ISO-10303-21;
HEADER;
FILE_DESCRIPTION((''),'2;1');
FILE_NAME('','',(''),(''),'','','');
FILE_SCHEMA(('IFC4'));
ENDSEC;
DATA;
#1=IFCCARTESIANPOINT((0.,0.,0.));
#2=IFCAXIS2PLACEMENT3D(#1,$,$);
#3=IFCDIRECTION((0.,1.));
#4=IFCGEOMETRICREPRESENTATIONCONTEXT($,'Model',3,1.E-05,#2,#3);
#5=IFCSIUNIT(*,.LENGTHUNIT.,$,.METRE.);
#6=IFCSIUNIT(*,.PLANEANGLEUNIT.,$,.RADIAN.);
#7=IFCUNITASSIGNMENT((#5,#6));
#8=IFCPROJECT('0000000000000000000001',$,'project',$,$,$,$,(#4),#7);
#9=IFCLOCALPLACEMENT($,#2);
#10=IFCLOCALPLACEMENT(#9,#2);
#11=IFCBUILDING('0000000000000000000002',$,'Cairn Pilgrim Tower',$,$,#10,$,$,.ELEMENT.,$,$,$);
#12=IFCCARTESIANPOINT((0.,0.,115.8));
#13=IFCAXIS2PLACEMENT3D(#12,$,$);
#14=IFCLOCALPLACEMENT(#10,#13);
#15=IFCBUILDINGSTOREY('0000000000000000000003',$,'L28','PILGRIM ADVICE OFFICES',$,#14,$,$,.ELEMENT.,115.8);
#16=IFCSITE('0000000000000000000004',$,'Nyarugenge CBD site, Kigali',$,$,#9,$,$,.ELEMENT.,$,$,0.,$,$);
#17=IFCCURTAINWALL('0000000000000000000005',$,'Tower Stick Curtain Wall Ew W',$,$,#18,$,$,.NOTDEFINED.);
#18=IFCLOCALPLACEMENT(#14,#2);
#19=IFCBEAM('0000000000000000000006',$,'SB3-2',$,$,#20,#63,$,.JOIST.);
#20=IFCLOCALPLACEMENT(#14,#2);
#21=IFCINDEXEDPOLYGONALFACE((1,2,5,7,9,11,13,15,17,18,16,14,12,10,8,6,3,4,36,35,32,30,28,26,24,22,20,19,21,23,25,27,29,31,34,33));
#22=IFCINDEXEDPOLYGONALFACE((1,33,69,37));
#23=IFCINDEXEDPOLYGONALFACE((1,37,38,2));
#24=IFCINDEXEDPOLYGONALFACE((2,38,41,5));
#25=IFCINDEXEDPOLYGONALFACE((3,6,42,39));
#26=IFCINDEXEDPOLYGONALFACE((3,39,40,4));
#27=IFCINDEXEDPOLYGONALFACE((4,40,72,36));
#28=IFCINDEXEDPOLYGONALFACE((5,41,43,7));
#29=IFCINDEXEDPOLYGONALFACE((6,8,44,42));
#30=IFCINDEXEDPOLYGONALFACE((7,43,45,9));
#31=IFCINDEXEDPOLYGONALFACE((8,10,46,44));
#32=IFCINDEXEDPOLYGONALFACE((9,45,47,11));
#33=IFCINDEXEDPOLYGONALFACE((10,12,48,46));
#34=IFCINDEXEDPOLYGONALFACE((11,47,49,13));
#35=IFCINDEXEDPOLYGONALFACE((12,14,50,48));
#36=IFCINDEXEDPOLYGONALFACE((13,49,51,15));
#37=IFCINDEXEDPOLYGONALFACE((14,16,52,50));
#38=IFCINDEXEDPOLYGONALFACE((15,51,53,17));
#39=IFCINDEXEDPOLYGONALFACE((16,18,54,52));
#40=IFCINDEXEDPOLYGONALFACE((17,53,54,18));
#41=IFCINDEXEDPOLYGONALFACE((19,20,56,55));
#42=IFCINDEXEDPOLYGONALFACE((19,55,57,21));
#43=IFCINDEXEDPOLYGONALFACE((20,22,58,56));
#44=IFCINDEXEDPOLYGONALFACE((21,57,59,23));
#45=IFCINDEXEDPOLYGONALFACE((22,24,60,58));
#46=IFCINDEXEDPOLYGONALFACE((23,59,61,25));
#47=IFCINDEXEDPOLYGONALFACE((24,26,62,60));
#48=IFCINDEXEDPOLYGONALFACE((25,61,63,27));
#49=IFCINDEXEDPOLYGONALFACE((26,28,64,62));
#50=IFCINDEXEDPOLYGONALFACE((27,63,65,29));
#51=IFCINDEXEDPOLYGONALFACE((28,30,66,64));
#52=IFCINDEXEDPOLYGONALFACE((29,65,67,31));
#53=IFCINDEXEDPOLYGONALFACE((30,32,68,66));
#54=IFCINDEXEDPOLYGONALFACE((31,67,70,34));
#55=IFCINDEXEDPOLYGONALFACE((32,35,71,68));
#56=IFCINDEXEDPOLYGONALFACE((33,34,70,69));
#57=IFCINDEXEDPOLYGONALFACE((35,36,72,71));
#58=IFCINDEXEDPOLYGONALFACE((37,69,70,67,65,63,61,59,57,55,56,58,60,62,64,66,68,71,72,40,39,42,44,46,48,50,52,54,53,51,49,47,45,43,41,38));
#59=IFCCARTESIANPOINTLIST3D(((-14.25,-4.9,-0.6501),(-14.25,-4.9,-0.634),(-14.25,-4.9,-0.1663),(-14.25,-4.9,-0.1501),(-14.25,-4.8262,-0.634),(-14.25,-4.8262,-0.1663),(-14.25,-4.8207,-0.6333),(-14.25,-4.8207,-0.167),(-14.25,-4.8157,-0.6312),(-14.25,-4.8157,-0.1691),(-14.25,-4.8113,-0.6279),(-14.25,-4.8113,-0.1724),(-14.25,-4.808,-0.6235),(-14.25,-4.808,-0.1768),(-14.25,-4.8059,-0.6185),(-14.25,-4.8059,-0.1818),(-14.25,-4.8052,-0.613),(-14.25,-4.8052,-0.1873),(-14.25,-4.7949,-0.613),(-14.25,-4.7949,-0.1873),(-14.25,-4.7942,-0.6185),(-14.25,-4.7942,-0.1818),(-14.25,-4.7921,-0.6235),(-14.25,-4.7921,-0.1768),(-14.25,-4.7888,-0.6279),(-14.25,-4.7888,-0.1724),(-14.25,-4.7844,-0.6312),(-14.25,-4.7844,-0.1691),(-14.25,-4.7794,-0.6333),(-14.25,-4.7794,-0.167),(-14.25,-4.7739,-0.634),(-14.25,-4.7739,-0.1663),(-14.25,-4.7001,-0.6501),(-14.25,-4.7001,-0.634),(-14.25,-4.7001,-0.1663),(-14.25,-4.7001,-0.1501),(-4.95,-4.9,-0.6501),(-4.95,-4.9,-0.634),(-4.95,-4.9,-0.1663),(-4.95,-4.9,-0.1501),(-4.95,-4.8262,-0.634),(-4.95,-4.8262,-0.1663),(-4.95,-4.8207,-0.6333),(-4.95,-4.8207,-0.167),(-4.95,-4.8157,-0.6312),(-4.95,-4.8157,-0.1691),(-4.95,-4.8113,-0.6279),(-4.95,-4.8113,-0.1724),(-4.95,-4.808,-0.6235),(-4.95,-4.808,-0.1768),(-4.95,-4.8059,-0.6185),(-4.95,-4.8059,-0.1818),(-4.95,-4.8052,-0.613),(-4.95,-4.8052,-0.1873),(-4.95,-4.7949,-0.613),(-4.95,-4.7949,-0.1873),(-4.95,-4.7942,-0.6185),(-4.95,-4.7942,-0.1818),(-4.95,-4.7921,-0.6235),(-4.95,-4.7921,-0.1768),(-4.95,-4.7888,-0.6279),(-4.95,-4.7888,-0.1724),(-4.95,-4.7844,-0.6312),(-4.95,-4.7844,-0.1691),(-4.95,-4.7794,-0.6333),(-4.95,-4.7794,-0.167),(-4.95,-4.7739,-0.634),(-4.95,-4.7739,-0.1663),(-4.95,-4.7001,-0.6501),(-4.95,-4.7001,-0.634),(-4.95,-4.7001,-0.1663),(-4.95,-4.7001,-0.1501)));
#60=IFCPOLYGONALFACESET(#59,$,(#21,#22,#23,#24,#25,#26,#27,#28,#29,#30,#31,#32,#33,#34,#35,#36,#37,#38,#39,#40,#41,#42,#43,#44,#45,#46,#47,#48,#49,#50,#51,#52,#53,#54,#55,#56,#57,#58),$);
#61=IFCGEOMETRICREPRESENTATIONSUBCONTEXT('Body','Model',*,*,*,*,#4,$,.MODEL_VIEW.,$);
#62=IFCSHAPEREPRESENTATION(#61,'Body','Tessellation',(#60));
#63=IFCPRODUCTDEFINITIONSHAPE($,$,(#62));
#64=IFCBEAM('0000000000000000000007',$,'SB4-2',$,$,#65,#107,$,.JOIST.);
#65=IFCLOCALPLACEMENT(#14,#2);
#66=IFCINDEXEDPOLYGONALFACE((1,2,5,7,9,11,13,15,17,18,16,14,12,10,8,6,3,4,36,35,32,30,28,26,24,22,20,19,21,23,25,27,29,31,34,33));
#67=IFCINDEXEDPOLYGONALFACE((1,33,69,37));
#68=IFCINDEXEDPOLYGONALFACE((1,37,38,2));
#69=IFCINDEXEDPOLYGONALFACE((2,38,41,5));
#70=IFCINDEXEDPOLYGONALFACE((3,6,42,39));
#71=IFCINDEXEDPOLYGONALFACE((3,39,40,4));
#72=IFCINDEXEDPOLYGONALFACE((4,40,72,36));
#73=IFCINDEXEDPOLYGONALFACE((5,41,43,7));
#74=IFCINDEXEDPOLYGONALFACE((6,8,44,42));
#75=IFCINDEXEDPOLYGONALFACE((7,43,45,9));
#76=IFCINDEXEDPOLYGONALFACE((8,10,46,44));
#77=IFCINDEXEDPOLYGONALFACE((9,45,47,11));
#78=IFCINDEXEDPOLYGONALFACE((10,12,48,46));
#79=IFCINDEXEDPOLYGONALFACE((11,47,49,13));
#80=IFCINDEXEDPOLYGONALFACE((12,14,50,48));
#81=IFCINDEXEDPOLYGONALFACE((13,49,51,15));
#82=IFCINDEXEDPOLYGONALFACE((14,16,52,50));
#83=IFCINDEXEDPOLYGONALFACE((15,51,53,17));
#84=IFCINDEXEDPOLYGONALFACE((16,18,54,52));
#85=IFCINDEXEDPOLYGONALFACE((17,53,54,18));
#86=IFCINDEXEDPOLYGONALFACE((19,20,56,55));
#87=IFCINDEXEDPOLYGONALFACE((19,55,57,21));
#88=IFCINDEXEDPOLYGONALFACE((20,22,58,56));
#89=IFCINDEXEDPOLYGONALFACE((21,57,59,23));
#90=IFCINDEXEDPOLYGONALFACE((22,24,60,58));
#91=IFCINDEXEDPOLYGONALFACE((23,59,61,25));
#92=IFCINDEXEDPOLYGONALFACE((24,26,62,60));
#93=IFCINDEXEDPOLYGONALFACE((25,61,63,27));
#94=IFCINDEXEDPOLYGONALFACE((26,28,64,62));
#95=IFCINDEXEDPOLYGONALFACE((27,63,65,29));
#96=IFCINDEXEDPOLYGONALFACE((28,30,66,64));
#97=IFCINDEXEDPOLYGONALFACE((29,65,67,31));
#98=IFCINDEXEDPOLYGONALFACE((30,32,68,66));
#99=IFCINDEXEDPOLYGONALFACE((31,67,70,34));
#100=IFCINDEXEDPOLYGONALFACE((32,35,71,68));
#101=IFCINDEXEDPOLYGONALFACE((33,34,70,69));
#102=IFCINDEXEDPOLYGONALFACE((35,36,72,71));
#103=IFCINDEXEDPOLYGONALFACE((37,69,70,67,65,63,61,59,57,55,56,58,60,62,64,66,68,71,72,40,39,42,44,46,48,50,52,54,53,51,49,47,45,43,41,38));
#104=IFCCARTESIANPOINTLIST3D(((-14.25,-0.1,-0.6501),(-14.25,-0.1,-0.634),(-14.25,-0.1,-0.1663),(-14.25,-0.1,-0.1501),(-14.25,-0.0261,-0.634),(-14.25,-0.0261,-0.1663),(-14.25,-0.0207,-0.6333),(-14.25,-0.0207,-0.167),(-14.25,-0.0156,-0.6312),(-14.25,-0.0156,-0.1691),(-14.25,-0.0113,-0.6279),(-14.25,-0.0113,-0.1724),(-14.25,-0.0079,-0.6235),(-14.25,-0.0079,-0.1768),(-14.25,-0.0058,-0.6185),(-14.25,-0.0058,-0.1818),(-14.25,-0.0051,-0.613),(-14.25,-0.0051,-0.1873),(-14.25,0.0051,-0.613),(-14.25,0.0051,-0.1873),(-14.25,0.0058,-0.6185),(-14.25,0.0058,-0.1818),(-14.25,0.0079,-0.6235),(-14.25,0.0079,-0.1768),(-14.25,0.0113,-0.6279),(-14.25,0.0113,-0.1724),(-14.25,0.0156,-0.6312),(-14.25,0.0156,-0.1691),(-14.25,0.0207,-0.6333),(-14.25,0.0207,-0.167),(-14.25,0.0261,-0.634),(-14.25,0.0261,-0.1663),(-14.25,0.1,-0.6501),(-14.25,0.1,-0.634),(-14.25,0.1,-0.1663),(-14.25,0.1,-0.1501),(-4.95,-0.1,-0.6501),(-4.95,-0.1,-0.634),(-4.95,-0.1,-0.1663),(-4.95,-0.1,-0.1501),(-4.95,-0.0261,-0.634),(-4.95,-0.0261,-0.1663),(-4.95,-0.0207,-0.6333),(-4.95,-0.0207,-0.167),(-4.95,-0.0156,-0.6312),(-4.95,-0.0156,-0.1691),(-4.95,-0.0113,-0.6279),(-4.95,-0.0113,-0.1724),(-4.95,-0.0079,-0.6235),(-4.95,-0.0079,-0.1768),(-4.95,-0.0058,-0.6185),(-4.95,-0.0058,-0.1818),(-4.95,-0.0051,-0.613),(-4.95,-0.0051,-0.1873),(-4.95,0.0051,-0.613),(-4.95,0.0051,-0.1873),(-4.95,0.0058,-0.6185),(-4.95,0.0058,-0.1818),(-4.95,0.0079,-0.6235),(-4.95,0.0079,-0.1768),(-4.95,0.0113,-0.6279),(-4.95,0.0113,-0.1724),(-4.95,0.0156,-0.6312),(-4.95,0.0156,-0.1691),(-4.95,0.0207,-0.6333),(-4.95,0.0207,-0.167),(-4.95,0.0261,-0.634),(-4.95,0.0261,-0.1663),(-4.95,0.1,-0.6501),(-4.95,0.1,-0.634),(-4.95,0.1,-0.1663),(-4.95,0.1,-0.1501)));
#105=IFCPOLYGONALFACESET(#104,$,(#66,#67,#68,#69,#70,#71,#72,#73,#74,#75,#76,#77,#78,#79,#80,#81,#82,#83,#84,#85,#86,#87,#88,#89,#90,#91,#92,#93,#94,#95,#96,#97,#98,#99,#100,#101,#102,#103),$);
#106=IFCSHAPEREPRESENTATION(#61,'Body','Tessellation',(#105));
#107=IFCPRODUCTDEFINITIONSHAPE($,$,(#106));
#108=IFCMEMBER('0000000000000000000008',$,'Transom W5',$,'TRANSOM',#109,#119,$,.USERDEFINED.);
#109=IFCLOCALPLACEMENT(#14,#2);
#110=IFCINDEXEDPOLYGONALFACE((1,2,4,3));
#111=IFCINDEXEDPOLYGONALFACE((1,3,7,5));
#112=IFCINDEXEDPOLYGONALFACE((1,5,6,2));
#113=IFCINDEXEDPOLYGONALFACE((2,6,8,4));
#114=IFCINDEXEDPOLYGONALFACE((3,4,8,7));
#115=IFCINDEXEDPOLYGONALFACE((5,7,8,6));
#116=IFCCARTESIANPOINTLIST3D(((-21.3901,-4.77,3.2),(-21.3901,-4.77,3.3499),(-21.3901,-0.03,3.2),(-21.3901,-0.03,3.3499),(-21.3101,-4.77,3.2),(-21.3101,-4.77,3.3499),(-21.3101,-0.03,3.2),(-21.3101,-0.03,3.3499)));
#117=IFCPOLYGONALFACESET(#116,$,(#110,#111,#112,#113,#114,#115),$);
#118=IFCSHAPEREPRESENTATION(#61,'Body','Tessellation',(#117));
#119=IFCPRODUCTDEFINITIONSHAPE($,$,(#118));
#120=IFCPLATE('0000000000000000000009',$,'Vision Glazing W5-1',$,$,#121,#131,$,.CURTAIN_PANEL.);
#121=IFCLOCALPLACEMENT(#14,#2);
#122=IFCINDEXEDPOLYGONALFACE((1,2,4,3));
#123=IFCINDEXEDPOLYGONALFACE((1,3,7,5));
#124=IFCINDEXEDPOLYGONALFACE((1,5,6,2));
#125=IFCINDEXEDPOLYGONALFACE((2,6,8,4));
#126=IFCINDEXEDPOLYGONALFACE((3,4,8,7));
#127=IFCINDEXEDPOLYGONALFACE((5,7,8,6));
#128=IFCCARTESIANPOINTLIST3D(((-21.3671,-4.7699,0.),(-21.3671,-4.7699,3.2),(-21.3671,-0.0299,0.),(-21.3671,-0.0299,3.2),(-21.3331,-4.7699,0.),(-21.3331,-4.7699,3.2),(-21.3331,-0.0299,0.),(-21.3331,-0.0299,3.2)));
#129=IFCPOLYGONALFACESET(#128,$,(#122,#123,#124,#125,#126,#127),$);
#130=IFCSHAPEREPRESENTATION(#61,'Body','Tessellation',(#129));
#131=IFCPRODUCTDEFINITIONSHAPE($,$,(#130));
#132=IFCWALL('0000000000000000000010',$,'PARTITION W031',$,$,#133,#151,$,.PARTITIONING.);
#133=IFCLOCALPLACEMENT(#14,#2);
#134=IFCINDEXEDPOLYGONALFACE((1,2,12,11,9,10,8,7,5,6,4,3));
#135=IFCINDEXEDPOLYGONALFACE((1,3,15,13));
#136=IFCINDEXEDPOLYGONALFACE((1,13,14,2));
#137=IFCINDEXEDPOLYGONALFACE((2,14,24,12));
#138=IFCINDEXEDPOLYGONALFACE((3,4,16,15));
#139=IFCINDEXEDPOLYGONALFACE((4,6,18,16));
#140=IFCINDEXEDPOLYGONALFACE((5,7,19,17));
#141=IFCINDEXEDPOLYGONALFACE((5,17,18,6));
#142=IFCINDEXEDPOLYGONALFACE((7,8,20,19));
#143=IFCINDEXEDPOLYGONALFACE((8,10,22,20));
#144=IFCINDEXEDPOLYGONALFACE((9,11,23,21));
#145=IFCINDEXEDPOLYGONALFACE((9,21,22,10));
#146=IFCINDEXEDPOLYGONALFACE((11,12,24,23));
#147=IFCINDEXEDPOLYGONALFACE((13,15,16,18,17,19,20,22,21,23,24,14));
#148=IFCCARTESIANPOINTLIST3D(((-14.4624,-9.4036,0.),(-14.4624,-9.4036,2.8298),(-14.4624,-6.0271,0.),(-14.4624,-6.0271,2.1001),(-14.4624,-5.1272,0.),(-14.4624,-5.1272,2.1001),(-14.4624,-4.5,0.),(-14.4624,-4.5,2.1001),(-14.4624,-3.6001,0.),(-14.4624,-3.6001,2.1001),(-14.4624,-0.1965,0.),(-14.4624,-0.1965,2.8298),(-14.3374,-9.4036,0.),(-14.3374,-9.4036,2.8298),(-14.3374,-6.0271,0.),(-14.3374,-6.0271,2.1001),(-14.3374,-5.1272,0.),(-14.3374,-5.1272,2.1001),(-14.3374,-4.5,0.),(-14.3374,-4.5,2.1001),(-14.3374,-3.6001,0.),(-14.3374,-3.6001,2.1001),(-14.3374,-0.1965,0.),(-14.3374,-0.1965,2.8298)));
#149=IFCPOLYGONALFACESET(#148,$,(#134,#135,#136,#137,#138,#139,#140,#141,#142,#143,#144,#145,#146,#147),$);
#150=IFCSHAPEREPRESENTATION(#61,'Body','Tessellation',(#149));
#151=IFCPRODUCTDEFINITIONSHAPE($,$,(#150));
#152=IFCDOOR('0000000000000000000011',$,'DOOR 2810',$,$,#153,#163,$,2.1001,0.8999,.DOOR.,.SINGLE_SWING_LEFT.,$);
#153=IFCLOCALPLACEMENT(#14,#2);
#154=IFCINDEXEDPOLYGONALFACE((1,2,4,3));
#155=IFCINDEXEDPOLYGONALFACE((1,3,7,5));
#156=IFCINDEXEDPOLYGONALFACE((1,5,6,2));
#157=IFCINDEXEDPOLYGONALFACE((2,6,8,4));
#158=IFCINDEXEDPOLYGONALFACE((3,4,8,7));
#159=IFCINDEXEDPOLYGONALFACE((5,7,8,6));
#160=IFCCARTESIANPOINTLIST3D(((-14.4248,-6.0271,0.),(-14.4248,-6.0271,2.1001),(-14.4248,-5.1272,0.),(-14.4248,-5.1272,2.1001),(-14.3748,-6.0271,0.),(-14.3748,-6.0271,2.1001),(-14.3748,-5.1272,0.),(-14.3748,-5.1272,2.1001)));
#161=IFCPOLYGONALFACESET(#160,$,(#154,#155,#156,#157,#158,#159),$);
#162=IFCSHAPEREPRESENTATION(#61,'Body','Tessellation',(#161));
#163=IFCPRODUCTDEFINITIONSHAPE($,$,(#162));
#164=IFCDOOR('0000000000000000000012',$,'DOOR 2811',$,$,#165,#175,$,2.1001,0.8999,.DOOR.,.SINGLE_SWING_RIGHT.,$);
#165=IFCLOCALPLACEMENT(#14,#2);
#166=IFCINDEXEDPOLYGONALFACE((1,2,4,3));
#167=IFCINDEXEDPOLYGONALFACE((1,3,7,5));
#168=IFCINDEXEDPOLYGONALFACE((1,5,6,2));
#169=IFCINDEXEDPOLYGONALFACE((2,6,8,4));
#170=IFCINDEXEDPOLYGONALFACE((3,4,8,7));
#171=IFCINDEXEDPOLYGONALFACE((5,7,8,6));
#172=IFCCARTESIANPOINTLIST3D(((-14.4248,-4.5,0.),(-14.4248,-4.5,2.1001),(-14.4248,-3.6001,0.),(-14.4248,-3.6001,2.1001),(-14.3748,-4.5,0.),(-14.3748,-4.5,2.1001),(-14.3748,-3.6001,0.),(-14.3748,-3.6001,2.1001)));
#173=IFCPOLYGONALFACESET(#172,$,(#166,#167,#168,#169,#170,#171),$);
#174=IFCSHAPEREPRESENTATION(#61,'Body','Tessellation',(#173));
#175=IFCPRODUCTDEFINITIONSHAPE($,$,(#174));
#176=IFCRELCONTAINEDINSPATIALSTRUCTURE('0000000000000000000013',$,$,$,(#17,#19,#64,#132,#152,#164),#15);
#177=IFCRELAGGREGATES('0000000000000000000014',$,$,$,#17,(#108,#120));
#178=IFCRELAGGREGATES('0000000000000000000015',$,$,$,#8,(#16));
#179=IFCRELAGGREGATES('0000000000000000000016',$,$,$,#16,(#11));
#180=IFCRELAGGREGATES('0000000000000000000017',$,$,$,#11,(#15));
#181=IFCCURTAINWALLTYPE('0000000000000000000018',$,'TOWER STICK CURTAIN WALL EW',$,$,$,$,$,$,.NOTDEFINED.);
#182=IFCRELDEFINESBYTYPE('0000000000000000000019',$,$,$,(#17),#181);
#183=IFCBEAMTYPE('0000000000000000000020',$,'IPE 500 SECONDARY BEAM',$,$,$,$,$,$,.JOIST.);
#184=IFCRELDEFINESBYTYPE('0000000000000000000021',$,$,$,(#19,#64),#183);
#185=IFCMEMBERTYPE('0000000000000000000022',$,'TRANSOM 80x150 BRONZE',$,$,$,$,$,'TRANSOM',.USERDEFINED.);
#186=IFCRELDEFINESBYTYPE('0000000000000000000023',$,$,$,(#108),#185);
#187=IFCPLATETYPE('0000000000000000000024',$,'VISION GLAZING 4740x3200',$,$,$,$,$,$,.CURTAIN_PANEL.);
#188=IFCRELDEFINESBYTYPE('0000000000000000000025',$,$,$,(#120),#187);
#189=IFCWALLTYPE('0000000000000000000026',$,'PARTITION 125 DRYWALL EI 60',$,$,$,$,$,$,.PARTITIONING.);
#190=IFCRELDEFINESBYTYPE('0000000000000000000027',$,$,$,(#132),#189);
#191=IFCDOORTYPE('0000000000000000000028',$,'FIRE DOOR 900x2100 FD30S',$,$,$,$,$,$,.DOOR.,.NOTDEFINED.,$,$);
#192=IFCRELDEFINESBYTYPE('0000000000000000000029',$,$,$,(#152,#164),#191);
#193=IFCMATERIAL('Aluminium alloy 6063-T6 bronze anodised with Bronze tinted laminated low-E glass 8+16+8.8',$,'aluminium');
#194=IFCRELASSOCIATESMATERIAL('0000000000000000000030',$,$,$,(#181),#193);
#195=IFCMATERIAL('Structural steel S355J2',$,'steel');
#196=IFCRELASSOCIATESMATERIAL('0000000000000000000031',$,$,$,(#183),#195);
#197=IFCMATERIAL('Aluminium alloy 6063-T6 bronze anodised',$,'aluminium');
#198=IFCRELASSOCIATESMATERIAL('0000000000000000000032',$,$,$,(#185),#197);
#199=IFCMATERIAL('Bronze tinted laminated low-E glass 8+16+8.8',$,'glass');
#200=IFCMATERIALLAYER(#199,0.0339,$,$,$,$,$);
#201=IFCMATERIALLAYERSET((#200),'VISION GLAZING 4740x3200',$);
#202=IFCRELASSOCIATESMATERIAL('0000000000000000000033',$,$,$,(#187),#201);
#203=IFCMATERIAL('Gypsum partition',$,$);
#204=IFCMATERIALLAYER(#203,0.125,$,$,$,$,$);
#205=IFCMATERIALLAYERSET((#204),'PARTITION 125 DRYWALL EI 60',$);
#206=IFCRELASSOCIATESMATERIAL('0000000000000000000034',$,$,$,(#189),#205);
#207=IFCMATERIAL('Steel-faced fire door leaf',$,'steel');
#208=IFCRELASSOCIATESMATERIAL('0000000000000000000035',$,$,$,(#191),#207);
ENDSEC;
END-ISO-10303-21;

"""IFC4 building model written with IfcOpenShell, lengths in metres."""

from ifc_helpers import new_model, si_unit, direction, frame, frame_2d, origin, origin_2d, place, context, subcontext, project, spatial, rectangle, i_section, extrude, material, layer, layer_set, material_profile, profile_set, type_object, element, fill, aggregate, save


model = new_model("IFC4")

# Units and contexts
model_context = context("Model", 3, precision=1e-05, world=origin(), true_north=direction((0.0, 1.0)))
body_context = subcontext(model_context, "Body", "Model", "MODEL_VIEW")
ifc_project = project(units=[si_unit("LENGTHUNIT", "METRE"), si_unit("PLANEANGLEUNIT", "RADIAN")], contexts=[model_context])

# Site, building, storey
site_placement = place(None, origin())
site = spatial("IfcSite", under=ifc_project, at=site_placement, Name="Nyarugenge CBD site, Kigali", CompositionType="ELEMENT", RefElevation=0.0)
building_placement = place(site_placement, origin())
building = spatial("IfcBuilding", under=site, at=building_placement, Name="Cairn Pilgrim Tower", CompositionType="ELEMENT")
storey_placement = place(building_placement, frame((0.0, 0.0, 115.8)))
storey = spatial("IfcBuildingStorey", under=building, at=storey_placement, Name="L28", Description="PILGRIM ADVICE OFFICES", CompositionType="ELEMENT", Elevation=115.8)

# Shared definitions
ifc_material_1 = material(Name="Structural steel S355J2", Category="steel")

# Curtain wall
ifc_material_2 = material(Name="Aluminium alloy 6063-T6 bronze anodised with Bronze tinted laminated low-E glass 8+16+8.8", Category="aluminium")
curtain_wall_type = type_object("IfcCurtainWallType", Name="TOWER STICK CURTAIN WALL EW", PredefinedType="NOTDEFINED", material=ifc_material_2)
curtain_wall_placement = place(storey_placement, origin())
curtain_wall = element("IfcCurtainWall", 1, at=curtain_wall_placement, inside=storey, type_object=curtain_wall_type, Name="Tower Stick Curtain Wall Ew W", PredefinedType="NOTDEFINED")
ifc_material_3 = material(Name="Aluminium alloy 6063-T6 bronze anodised", Category="aluminium")

# Beams
ifc_material_profile_1 = material_profile(ifc_material_1, i_section(OverallWidth=0.2, OverallDepth=0.5, WebThickness=0.0103, FlangeThickness=0.0161, FilletRadius=0.021, at=origin_2d()), Name="IPE 500")
ifc_profile_set_1 = profile_set([ifc_material_profile_1], Name="Structural steel S355J2")
beam_type_1 = type_object("IfcBeamType", Name="IPE 500 SECONDARY BEAM", PredefinedType="JOIST", material=ifc_profile_set_1)
for number, where, z_axis, x_axis, name in (
    (2, (-14.25, -4.8, -0.4001), (1.0, 0.0, 0.0), (0.0, 1.0, 0.0), "SB3-2"),
    (3, (-14.25, 0.0, -0.4001), (1.0, 0.0, 0.0), (0.0, 1.0, 0.0), "SB4-2"),
):
    element("IfcBeam", number, at=place(storey_placement, frame(where, z_axis=z_axis, x_axis=x_axis)), inside=storey, type_object=beam_type_1, Name=name, PredefinedType="JOIST", context=body_context, shape_type="SweptSolid", body=[
        extrude(i_section(OverallWidth=0.2, OverallDepth=0.5, WebThickness=0.0103, FlangeThickness=0.0161, FilletRadius=0.021, at=origin_2d()), origin(), (0.0, 0.0, 1.0), 9.3),
    ])

# Member
ifc_material_profile_2 = material_profile(ifc_material_3, rectangle(XDim=0.0801, YDim=0.1499, at=origin_2d()), Name="TRANSOM 80x150 BRONZE")
ifc_profile_set_2 = profile_set([ifc_material_profile_2], Name="Aluminium alloy 6063-T6 bronze anodised")
member_type_1 = type_object("IfcMemberType", Name="TRANSOM 80x150 BRONZE", ElementType="TRANSOM", PredefinedType="USERDEFINED", material=ifc_profile_set_2)
member_1_placement = place(storey_placement, frame((-21.3501, -0.03, 3.2749), z_axis=(0.0, -1.0, 0.0), x_axis=(1.0, 0.0, 0.0)))
member_1 = element("IfcMember", 4, at=member_1_placement, type_object=member_type_1, Name="Transom W5", ObjectType="TRANSOM", PredefinedType="USERDEFINED", context=body_context, shape_type="SweptSolid", body=[
    extrude(rectangle(XDim=0.0801, YDim=0.1499, at=origin_2d()), origin(), (0.0, 0.0, 1.0), 4.74),
])

# Plate
ifc_material_4 = material(Name="Bronze tinted laminated low-E glass 8+16+8.8", Category="glass")
ifc_layer_1 = layer(ifc_material_4, 0.0339)
ifc_layer_set_1 = layer_set([ifc_layer_1], Name="VISION GLAZING 4740x3200")
plate_type = type_object("IfcPlateType", Name="VISION GLAZING 4740x3200", PredefinedType="CURTAIN_PANEL", material=ifc_layer_set_1)
plate_placement = place(storey_placement, frame((-21.3501, -2.3999, 0.0), z_axis=(0.0, 0.0, 1.0), x_axis=(0.0, -1.0, 0.0)))
plate = element("IfcPlate", 5, at=plate_placement, type_object=plate_type, Name="Vision Glazing W5-1", PredefinedType="CURTAIN_PANEL", context=body_context, shape_type="SweptSolid", body=[
    extrude(rectangle(XDim=4.74, YDim=0.0339, at=origin_2d()), origin(), (0.0, 0.0, 1.0), 3.2),
])
aggregate(curtain_wall, [member_1, plate])

# Wall, openings, doors
ifc_material_5 = material(Name="Gypsum partition")
ifc_layer_2 = layer(ifc_material_5, 0.125)
ifc_layer_set_2 = layer_set([ifc_layer_2], Name="PARTITION 125 DRYWALL EI 60")
wall_type_1 = type_object("IfcWallType", Name="PARTITION 125 DRYWALL EI 60", PredefinedType="PARTITIONING", material=ifc_layer_set_2)
wall_1_placement = place(storey_placement, frame((-14.3999, -9.4036, 0.0), z_axis=(0.0, 0.0, 1.0), x_axis=(0.0, 1.0, 0.0)))
wall_1 = element("IfcWall", 6, at=wall_1_placement, inside=storey, type_object=wall_type_1, Name="PARTITION W031", PredefinedType="PARTITIONING", context=body_context, shape_type="SweptSolid", body=[
    extrude(rectangle(XDim=9.207, YDim=0.125, at=frame_2d((4.6035, 0.0))), origin(), (0.0, 0.0, 1.0), 2.8298),
])
opening_1_placement = place(wall_1_placement, frame((3.3765, 0.0, 0.0)))
opening_1 = element("IfcOpeningElement", 7, at=opening_1_placement, cuts=wall_1, PredefinedType="OPENING", context=body_context, shape_type="SweptSolid", body=[
    extrude(rectangle(XDim=0.8999, YDim=2.1001, at=frame_2d((0.45, 1.05))), frame((0.0, 0.0725, 0.0), z_axis=(0.0, -1.0, 0.0), x_axis=(1.0, 0.0, 0.0)), (0.0, 0.0, 1.0), 0.145),
])
opening_2_placement = place(wall_1_placement, frame((4.9036, 0.0, 0.0)))
opening_2 = element("IfcOpeningElement", 8, at=opening_2_placement, cuts=wall_1, PredefinedType="OPENING", context=body_context, shape_type="SweptSolid", body=[
    extrude(rectangle(XDim=0.8999, YDim=2.1001, at=frame_2d((0.45, 1.05))), frame((0.0, 0.0725, 0.0), z_axis=(0.0, -1.0, 0.0), x_axis=(1.0, 0.0, 0.0)), (0.0, 0.0, 1.0), 0.145),
])
ifc_material_6 = material(Name="Steel-faced fire door leaf", Category="steel")
door_type_1 = type_object("IfcDoorType", Name="FIRE DOOR 900x2100 FD30S", OperationType="NOTDEFINED", PredefinedType="DOOR", material=ifc_material_6)
door_1_placement = place(opening_1_placement, origin())
door_1 = element("IfcDoor", 9, at=door_1_placement, inside=storey, type_object=door_type_1, Name="DOOR 2810", OperationType="SINGLE_SWING_LEFT", OverallHeight=2.1001, OverallWidth=0.8999, PredefinedType="DOOR", context=body_context, shape_type="SweptSolid", body=[
    extrude(rectangle(XDim=0.8999, YDim=2.1001, at=frame_2d((0.45, 1.05))), frame((0.0, 0.0249, 0.0), z_axis=(0.0, -1.0, 0.0), x_axis=(1.0, 0.0, 0.0)), (0.0, 0.0, 1.0), 0.05),
])
fill(opening_1, door_1)
door_2_placement = place(opening_2_placement, origin())
door_2 = element("IfcDoor", 10, at=door_2_placement, inside=storey, type_object=door_type_1, Name="DOOR 2811", OperationType="SINGLE_SWING_RIGHT", OverallHeight=2.1001, OverallWidth=0.8999, PredefinedType="DOOR", context=body_context, shape_type="SweptSolid", body=[
    extrude(rectangle(XDim=0.8999, YDim=2.1001, at=frame_2d((0.45, 1.05))), frame((0.0, 0.0249, 0.0), z_axis=(0.0, -1.0, 0.0), x_axis=(1.0, 0.0, 0.0)), (0.0, 0.0, 1.0), 0.05),
])
fill(opening_2, door_2)

save(model, "model.ifc")
